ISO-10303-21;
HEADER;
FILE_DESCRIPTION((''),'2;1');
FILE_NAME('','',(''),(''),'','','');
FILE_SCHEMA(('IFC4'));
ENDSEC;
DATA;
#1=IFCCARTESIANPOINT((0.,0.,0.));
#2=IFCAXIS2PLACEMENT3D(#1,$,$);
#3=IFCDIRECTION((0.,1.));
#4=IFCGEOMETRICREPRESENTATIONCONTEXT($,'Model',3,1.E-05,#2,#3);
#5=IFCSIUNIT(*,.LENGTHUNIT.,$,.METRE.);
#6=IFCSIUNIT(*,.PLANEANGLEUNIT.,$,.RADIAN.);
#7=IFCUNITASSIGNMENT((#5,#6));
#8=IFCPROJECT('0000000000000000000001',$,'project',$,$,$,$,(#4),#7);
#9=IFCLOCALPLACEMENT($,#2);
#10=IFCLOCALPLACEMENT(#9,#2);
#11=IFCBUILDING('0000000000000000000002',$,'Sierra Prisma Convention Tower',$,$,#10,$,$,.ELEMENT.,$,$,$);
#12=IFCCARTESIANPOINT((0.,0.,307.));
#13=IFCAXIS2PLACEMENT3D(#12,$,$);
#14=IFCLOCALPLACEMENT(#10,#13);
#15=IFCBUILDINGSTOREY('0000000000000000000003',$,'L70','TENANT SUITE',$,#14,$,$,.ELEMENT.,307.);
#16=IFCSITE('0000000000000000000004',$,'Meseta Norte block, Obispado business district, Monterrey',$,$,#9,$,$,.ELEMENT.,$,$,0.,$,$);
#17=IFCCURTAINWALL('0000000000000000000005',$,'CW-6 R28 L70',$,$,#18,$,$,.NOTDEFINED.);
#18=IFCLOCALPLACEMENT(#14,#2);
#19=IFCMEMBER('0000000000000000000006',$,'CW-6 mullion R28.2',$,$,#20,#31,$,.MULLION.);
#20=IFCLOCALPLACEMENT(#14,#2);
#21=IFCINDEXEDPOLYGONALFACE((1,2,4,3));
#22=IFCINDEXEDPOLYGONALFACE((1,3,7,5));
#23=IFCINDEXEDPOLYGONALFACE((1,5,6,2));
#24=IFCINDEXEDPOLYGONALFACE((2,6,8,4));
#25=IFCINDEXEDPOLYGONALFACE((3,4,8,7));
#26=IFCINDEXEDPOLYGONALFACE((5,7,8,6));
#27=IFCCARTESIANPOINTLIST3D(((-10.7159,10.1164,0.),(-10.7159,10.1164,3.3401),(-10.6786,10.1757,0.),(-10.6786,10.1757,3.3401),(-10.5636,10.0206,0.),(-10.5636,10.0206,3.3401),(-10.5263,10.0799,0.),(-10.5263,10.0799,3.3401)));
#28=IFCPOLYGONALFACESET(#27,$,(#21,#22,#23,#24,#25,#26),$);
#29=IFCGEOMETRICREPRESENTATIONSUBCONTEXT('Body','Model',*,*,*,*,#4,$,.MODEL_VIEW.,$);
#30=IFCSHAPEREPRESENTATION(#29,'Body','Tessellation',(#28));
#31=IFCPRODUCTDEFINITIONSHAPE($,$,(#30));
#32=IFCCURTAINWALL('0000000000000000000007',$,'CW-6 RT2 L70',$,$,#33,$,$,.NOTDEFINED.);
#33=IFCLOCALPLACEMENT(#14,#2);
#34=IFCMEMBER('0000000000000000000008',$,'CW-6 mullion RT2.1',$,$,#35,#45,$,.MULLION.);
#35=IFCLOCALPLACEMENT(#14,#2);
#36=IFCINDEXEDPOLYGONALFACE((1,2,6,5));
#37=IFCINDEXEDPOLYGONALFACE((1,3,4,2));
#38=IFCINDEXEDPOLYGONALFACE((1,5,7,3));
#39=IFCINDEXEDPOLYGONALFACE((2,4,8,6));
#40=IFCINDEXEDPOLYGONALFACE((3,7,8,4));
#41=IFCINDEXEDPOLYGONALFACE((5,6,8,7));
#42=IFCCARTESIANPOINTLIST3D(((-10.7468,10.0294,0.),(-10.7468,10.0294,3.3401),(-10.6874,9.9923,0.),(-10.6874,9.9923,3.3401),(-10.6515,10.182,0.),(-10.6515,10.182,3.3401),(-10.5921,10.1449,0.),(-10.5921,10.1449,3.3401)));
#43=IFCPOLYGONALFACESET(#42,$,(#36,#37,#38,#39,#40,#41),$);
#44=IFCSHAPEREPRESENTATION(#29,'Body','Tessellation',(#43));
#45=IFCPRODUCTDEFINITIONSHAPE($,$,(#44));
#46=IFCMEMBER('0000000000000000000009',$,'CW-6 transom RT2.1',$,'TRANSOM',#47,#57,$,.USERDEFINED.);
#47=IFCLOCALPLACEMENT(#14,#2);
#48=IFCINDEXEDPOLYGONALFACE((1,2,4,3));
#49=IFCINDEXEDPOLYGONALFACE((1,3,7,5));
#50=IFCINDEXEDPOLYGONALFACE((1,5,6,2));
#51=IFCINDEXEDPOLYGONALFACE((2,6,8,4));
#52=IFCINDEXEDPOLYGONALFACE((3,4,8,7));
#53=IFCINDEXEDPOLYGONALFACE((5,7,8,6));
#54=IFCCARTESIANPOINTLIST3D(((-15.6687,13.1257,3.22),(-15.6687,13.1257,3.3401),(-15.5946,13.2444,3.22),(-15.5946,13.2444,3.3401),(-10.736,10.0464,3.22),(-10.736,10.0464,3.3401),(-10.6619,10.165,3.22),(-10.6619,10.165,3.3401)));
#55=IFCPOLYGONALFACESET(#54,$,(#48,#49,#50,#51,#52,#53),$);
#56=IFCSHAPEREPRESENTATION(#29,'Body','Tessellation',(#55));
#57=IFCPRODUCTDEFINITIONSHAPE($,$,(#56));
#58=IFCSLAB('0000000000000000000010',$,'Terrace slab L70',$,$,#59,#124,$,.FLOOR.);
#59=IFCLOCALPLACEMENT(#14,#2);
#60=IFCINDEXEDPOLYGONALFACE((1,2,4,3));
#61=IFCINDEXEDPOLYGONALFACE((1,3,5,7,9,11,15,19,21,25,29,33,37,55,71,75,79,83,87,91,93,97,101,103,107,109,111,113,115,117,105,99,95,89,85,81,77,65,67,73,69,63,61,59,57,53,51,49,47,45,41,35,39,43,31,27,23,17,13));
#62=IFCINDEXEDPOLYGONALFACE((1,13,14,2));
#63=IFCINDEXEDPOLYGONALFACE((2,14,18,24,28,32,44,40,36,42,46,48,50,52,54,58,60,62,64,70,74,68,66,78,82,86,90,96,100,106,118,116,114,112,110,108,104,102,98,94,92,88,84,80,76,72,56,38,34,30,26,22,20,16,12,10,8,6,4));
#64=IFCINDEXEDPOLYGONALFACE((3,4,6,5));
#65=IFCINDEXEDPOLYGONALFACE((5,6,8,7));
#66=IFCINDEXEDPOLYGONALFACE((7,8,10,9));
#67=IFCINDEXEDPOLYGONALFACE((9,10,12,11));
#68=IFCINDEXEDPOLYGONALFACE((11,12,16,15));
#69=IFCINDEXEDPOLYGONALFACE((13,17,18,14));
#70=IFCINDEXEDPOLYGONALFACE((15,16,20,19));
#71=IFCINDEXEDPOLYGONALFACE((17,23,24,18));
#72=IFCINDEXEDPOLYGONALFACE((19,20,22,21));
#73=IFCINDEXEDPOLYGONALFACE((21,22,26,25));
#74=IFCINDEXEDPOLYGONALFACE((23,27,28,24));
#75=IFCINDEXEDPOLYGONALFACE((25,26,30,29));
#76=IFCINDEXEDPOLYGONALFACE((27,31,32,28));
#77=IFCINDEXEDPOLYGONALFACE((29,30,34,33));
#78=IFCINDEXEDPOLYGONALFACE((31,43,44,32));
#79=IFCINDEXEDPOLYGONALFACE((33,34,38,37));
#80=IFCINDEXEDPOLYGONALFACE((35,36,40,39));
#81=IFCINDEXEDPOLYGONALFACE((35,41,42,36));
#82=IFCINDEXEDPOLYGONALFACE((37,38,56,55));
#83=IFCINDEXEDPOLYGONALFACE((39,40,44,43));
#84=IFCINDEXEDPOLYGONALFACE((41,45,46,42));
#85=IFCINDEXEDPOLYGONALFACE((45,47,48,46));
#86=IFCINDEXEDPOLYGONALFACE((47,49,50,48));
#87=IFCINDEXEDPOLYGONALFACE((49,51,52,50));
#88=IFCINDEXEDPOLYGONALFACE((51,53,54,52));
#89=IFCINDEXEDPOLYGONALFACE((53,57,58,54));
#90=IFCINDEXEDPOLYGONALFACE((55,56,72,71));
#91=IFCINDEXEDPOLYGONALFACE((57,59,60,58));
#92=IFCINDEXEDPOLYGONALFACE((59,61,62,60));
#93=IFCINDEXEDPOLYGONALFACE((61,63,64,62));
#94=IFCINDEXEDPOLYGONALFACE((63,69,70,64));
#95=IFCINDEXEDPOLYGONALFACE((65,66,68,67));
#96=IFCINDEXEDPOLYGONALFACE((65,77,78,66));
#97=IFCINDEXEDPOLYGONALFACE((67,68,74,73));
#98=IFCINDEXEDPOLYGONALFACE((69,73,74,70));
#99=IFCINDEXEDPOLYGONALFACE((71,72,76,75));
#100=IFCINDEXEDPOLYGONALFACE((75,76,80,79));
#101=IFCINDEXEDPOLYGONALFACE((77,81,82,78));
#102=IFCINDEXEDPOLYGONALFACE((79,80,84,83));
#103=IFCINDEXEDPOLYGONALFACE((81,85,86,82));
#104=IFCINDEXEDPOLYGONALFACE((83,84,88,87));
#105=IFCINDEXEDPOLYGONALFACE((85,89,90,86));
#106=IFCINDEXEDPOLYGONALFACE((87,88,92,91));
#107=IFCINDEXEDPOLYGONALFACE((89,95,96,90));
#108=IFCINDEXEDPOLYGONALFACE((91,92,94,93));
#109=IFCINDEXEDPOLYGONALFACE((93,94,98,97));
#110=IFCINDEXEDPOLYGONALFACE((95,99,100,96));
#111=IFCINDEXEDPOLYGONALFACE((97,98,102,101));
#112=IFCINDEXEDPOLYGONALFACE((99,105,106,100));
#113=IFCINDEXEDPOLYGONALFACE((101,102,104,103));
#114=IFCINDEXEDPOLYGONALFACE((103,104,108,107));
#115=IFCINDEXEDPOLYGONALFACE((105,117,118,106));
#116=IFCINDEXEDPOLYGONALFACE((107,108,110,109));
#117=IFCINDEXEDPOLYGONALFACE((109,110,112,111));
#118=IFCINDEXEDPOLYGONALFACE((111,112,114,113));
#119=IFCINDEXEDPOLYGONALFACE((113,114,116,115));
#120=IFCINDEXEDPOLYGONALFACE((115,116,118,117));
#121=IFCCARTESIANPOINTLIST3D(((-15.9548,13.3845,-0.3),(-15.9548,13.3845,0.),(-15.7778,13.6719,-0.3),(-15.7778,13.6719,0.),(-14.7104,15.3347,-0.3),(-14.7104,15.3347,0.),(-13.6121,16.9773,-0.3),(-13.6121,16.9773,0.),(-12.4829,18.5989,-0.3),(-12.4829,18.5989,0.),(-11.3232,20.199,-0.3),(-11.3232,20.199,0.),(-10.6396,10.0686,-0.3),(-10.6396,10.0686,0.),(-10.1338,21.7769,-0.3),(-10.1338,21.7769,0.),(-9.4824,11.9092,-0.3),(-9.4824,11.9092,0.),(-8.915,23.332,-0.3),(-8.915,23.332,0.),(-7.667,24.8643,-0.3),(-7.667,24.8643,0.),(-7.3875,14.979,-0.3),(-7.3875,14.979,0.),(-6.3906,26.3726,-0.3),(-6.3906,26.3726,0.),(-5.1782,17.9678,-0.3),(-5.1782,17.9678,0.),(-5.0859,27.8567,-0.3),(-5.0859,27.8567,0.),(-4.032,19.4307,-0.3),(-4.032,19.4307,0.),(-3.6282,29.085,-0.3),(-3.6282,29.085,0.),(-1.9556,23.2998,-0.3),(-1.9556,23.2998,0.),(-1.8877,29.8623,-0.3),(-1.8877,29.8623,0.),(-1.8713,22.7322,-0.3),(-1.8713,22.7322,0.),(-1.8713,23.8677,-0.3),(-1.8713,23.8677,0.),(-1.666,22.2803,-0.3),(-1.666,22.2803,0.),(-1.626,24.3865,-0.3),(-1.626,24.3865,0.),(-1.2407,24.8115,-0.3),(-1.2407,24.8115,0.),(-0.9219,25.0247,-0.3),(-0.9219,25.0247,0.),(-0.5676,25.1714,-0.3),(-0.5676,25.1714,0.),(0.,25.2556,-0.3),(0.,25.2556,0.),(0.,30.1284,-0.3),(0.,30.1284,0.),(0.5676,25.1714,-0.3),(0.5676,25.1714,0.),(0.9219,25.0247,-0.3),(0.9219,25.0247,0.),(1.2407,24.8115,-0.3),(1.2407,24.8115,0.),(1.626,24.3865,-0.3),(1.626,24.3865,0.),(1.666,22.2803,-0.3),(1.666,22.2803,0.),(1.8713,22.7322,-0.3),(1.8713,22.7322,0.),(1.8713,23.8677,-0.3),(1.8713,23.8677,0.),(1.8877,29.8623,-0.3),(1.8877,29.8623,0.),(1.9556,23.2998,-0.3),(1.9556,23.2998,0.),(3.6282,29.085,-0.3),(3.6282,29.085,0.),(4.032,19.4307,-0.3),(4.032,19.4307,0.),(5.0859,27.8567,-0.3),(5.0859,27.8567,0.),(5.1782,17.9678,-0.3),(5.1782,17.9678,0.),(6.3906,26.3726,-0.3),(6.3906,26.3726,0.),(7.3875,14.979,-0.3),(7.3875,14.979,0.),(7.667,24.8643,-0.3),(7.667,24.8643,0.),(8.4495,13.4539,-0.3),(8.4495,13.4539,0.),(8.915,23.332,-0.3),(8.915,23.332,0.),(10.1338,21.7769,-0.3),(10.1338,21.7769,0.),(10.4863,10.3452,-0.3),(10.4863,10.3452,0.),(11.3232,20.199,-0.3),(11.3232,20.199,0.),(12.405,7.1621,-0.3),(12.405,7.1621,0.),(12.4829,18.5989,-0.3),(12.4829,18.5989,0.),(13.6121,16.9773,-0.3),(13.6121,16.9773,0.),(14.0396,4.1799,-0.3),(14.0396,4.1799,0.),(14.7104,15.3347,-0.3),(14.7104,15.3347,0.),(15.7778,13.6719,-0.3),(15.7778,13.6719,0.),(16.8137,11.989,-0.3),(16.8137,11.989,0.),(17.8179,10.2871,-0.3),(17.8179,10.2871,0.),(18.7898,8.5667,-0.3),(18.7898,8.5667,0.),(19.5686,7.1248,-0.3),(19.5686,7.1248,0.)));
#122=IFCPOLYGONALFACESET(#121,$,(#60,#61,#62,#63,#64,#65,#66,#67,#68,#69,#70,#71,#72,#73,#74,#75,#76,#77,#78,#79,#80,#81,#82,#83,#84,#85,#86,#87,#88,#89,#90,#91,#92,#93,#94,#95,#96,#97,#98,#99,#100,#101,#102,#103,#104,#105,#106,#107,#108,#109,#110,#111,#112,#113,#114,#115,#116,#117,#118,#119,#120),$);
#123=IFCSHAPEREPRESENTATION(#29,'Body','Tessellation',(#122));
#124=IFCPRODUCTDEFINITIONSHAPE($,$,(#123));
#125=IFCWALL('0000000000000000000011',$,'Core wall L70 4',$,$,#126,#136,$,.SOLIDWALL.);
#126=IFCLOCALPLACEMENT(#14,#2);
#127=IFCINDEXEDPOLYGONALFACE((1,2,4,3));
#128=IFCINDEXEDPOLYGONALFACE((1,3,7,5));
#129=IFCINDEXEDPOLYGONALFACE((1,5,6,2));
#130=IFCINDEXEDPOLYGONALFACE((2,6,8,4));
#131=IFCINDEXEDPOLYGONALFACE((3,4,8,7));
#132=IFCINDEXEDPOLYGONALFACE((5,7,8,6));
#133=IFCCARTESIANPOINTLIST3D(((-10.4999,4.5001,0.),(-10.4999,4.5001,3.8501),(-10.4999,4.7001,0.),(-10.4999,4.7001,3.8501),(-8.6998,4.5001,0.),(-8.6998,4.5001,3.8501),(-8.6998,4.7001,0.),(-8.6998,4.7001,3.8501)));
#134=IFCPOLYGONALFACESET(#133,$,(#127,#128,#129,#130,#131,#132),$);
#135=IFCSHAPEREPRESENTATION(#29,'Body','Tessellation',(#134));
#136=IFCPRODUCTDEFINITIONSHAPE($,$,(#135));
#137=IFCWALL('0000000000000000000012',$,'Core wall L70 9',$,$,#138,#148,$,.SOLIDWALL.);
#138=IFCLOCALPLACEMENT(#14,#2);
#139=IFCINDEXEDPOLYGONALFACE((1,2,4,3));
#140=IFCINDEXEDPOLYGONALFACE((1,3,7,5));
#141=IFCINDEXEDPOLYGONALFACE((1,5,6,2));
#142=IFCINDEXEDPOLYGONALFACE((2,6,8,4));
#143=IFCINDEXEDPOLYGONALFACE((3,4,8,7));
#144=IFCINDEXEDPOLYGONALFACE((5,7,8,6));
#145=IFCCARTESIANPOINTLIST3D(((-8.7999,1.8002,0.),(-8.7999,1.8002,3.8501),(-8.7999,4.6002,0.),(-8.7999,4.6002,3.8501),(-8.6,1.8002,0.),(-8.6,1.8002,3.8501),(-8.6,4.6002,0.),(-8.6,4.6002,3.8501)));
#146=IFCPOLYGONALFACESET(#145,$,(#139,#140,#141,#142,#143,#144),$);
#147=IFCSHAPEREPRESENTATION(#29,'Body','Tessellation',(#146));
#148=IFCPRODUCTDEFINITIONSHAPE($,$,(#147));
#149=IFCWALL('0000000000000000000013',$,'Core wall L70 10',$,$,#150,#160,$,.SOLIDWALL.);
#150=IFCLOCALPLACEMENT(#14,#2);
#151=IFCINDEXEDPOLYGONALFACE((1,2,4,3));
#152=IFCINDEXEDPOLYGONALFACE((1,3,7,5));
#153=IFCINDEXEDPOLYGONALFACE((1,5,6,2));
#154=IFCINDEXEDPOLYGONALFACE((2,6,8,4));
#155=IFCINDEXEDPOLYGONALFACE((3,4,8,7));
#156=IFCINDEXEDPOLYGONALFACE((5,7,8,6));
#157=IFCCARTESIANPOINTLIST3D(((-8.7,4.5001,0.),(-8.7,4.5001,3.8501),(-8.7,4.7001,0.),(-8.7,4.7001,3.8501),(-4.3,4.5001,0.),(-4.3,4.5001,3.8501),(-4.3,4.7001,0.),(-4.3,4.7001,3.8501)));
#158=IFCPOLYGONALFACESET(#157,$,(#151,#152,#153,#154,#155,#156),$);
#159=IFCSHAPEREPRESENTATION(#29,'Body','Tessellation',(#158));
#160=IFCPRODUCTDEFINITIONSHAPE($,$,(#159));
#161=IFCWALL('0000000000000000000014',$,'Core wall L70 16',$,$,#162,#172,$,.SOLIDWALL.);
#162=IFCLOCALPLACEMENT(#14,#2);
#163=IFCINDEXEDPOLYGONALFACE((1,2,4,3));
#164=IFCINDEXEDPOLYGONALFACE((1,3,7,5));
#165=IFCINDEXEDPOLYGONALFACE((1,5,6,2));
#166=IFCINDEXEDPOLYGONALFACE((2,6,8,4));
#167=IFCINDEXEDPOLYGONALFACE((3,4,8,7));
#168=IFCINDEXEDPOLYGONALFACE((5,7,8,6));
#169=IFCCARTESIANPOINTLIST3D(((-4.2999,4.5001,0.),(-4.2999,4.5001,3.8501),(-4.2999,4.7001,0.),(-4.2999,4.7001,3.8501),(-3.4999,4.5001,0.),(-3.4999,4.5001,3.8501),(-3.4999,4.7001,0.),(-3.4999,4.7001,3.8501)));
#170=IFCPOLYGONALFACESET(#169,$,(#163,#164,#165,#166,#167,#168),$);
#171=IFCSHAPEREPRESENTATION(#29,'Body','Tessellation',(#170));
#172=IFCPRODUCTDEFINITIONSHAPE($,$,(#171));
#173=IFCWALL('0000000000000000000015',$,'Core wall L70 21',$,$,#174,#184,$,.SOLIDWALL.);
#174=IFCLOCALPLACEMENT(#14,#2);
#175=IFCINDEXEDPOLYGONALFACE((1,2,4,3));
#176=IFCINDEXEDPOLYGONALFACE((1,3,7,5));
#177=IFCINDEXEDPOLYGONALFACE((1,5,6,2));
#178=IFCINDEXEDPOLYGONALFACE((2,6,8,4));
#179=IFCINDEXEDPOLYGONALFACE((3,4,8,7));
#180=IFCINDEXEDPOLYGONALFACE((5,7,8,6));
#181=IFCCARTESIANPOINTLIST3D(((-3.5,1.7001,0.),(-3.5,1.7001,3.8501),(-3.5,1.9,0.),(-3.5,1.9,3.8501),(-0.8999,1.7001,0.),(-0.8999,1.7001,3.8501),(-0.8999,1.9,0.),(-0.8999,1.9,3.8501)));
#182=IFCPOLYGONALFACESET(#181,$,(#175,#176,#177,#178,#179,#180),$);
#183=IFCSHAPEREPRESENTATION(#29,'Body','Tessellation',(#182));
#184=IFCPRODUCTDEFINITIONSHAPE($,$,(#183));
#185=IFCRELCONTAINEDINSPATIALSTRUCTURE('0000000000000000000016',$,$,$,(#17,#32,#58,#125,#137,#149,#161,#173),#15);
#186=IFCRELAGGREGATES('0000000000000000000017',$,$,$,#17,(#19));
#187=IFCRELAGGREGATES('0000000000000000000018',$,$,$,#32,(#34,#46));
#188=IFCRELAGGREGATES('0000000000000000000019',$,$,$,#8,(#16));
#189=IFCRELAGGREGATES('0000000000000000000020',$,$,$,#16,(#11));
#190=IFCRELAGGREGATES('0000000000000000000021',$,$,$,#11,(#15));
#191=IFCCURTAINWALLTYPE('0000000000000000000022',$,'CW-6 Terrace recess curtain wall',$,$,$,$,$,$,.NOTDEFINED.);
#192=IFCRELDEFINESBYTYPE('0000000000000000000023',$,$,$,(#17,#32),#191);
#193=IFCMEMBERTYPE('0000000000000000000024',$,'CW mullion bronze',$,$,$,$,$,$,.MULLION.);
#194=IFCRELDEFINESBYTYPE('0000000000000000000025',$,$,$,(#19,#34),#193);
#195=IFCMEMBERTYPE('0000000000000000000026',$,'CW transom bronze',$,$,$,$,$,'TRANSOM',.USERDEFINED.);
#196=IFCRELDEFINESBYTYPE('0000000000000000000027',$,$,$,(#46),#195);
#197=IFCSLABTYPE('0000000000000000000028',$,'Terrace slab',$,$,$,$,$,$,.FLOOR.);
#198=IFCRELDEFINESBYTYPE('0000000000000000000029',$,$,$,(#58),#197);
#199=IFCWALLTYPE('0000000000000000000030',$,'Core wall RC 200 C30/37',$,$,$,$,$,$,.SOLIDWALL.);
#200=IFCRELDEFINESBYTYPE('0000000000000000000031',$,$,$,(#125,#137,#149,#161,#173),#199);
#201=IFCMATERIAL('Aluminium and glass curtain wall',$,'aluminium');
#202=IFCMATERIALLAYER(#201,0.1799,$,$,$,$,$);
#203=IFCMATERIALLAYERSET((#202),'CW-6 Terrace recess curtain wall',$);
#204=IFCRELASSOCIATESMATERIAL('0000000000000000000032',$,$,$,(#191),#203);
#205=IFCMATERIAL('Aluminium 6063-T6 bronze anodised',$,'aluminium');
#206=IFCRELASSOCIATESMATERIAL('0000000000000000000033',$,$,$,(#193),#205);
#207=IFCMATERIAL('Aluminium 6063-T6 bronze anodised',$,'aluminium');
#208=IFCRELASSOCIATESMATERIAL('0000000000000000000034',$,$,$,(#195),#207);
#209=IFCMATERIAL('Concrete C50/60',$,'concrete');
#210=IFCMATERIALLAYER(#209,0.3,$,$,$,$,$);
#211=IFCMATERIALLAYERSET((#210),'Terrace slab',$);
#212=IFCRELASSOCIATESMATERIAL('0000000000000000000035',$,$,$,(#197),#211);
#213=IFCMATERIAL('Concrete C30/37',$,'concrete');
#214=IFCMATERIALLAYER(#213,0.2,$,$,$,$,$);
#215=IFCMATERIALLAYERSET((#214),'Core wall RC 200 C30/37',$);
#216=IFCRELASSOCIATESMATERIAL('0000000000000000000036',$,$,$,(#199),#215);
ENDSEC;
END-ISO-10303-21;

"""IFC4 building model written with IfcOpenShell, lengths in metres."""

from ifc_helpers import new_model, si_unit, direction, frame, frame_2d, origin, origin_2d, place, context, subcontext, project, spatial, polyline, rectangle, outline, extrude, material, layer, layer_set, material_profile, profile_set, type_object, element, aggregate, save


model = new_model("IFC4")

# Units and contexts
model_context = context("Model", 3, precision=1e-05, world=origin(), true_north=direction((0.0, 1.0)))
body_context = subcontext(model_context, "Body", "Model", "MODEL_VIEW")
ifc_project = project(units=[si_unit("LENGTHUNIT", "METRE"), si_unit("PLANEANGLEUNIT", "RADIAN")], contexts=[model_context])

# Site, building, storey
site_placement = place(None, origin())
site = spatial("IfcSite", under=ifc_project, at=site_placement, Name="Meseta Norte block, Obispado business district, Monterrey", CompositionType="ELEMENT", RefElevation=0.0)
building_placement = place(site_placement, origin())
building = spatial("IfcBuilding", under=site, at=building_placement, Name="Sierra Prisma Convention Tower", CompositionType="ELEMENT")
storey_placement = place(building_placement, frame((0.0, 0.0, 307.0)))
storey = spatial("IfcBuildingStorey", under=building, at=storey_placement, Name="L70", Description="TENANT SUITE", CompositionType="ELEMENT", Elevation=307.0)

# Curtain wall, member
ifc_material_1 = material(Name="Aluminium and glass curtain wall", Category="aluminium")
ifc_layer_1 = layer(ifc_material_1, 0.1799)
ifc_layer_set_1 = layer_set([ifc_layer_1], Name="CW-6 Terrace recess curtain wall")
curtain_wall_type = type_object("IfcCurtainWallType", Name="CW-6 Terrace recess curtain wall", PredefinedType="NOTDEFINED", material=ifc_layer_set_1)
curtain_wall_1_placement = place(storey_placement, origin())
curtain_wall_1 = element("IfcCurtainWall", 1, at=curtain_wall_1_placement, inside=storey, type_object=curtain_wall_type, Name="CW-6 R28 L70", PredefinedType="NOTDEFINED")
ifc_material_2 = material(Name="Aluminium 6063-T6 bronze anodised", Category="aluminium")
ifc_material_profile_1 = material_profile(ifc_material_2, rectangle(XDim=0.1799, YDim=0.0701, at=origin_2d()), Name="ALU MULLION 70x180")
ifc_profile_set_1 = profile_set([ifc_material_profile_1], Name="Aluminium 6063-T6 bronze anodised")
member_type_1 = type_object("IfcMemberType", Name="CW mullion bronze", PredefinedType="MULLION", material=ifc_profile_set_1)
member_1_placement = place(storey_placement, frame((-10.6211, 10.0981, 0.0), z_axis=(0.0, 0.0, 1.0), x_axis=(0.8466, -0.53223, 0.0)))
member_1 = element("IfcMember", 2, at=member_1_placement, type_object=member_type_1, Name="CW-6 mullion R28.2", PredefinedType="MULLION", context=body_context, shape_type="SweptSolid", body=[
    extrude(rectangle(XDim=0.1799, YDim=0.0701, at=origin_2d()), origin(), (0.0, 0.0, 1.0), 3.3401),
])
aggregate(curtain_wall_1, [member_1])

# Curtain wall, members
curtain_wall_2_placement = place(storey_placement, origin())
curtain_wall_2 = element("IfcCurtainWall", 3, at=curtain_wall_2_placement, inside=storey, type_object=curtain_wall_type, Name="CW-6 RT2 L70", PredefinedType="NOTDEFINED")
member_2_placement = place(storey_placement, frame((-10.6694, 10.0872, 0.0), z_axis=(0.0, 0.0, 1.0), x_axis=(-0.529572, -0.848265, 0.0)))
member_2 = element("IfcMember", 4, at=member_2_placement, type_object=member_type_1, Name="CW-6 mullion RT2.1", PredefinedType="MULLION", context=body_context, shape_type="SweptSolid", body=[
    extrude(rectangle(XDim=0.1799, YDim=0.0701, at=origin_2d()), origin(), (0.0, 0.0, 1.0), 3.3401),
])
ifc_material_3 = material(Name="Aluminium 6063-T6 bronze anodised", Category="aluminium")
ifc_material_profile_2 = material_profile(ifc_material_3, rectangle(XDim=0.1399, YDim=0.1201, at=origin_2d()), Name="ALU TRANSOM 120x140")
ifc_profile_set_2 = profile_set([ifc_material_profile_2], Name="Aluminium 6063-T6 bronze anodised")
member_type_2 = type_object("IfcMemberType", Name="CW transom bronze", ElementType="TRANSOM", PredefinedType="USERDEFINED", material=ifc_profile_set_2)
member_3_placement = place(storey_placement, frame((-10.699, 10.1057, 3.28), z_axis=(-0.848272, 0.529561, 0.0), x_axis=(-0.529561, -0.848272, 0.0)))
member_3 = element("IfcMember", 5, at=member_3_placement, type_object=member_type_2, Name="CW-6 transom RT2.1", ObjectType="TRANSOM", PredefinedType="USERDEFINED", context=body_context, shape_type="SweptSolid", body=[
    extrude(rectangle(XDim=0.1399, YDim=0.1201, at=origin_2d()), origin(), (0.0, 0.0, 1.0), 5.8149),
])
aggregate(curtain_wall_2, [member_2, member_3])

# Slab
ifc_material_4 = material(Name="Concrete C50/60", Category="concrete")
ifc_layer_2 = layer(ifc_material_4, 0.3)
ifc_layer_set_2 = layer_set([ifc_layer_2], Name="Terrace slab")
slab_type = type_object("IfcSlabType", Name="Terrace slab", PredefinedType="FLOOR", material=ifc_layer_set_2)
slab_placement = place(storey_placement, frame((0.0, 0.0, -0.3)))
element("IfcSlab", 6, at=slab_placement, inside=storey, type_object=slab_type, Name="Terrace slab L70", PredefinedType="FLOOR", context=body_context, shape_type="SweptSolid", body=[
    extrude(outline(polyline([(19.5686, 7.1248), (18.7898, 8.5667), (17.8179, 10.2871), (16.8137, 11.989), (15.7778, 13.6719), (14.7104, 15.3347), (13.6121, 16.9773), (12.4829, 18.5989), (11.3232, 20.199), (10.1338, 21.7769), (8.915, 23.332), (7.667, 24.8643), (6.3906, 26.3726), (5.0859, 27.8567), (3.6282, 29.085), (1.8877, 29.8623), (0.0, 30.1284), (-1.8877, 29.8623), (-3.6282, 29.085), (-5.0859, 27.8567), (-6.3906, 26.3726), (-7.667, 24.8643), (-8.915, 23.332), (-10.1338, 21.7769), (-11.3232, 20.199), (-12.4829, 18.5989), (-13.6121, 16.9773), (-14.7104, 15.3347), (-15.7778, 13.6719), (-15.9548, 13.3845), (-10.6396, 10.0686), (-9.4824, 11.9092), (-7.3875, 14.979), (-5.1782, 17.9678), (-4.032, 19.4307), (-1.666, 22.2803), (-1.8713, 22.7322), (-1.9556, 23.2998), (-1.8713, 23.8677), (-1.626, 24.3865), (-1.2407, 24.8115), (-0.9219, 25.0247), (-0.5676, 25.1714), (0.0, 25.2556), (0.5676, 25.1714), (0.9219, 25.0247), (1.2407, 24.8115), (1.626, 24.3865), (1.8713, 23.8677), (1.9556, 23.2998), (1.8713, 22.7322), (1.666, 22.2803), (4.032, 19.4307), (5.1782, 17.9678), (7.3875, 14.979), (8.4495, 13.4539), (10.4863, 10.3452), (12.405, 7.1621), (14.0396, 4.1799), (19.5686, 7.1248)])), origin(), (0.0, 0.0, 1.0), 0.3),
])

# Shared definitions
ifc_material_5 = material(Name="Concrete C30/37", Category="concrete")
ifc_layer_3 = layer(ifc_material_5, 0.2)
ifc_layer_set_3 = layer_set([ifc_layer_3], Name="Core wall RC 200 C30/37")
wall_type = type_object("IfcWallType", Name="Core wall RC 200 C30/37", PredefinedType="SOLIDWALL", material=ifc_layer_set_3)

# Wall
wall_1_placement = place(storey_placement, frame((-8.7, 4.6001, 0.0), z_axis=(0.0, 0.0, 1.0), x_axis=(-1.0, 0.0, 0.0)))
element("IfcWall", 7, at=wall_1_placement, inside=storey, type_object=wall_type, Name="Core wall L70 4", PredefinedType="SOLIDWALL", context=body_context, shape_type="SweptSolid", body=[
    extrude(rectangle(XDim=1.8, YDim=0.2, at=frame_2d((0.8999, 0.0))), origin(), (0.0, 0.0, 1.0), 3.8501),
])

# Walls
wall_2_placement = place(storey_placement, frame((-8.7, 4.6001, 0.0), z_axis=(0.0, 0.0, 1.0), x_axis=(0.0, -1.0, 0.0)))
element("IfcWall", 8, at=wall_2_placement, inside=storey, type_object=wall_type, Name="Core wall L70 9", PredefinedType="SOLIDWALL", context=body_context, shape_type="SweptSolid", body=[
    extrude(rectangle(XDim=2.8, YDim=0.2, at=frame_2d((1.3999, 0.0))), origin(), (0.0, 0.0, 1.0), 3.8501),
])
wall_3_placement = place(storey_placement, frame((-4.3, 4.6001, 0.0), z_axis=(0.0, 0.0, 1.0), x_axis=(-1.0, 0.0, 0.0)))
element("IfcWall", 9, at=wall_3_placement, inside=storey, type_object=wall_type, Name="Core wall L70 10", PredefinedType="SOLIDWALL", context=body_context, shape_type="SweptSolid", body=[
    extrude(rectangle(XDim=4.3999, YDim=0.2, at=frame_2d((2.2, 0.0))), origin(), (0.0, 0.0, 1.0), 3.8501),
])
wall_4_placement = place(storey_placement, frame((-3.5, 4.6001, 0.0), z_axis=(0.0, 0.0, 1.0), x_axis=(-1.0, 0.0, 0.0)))
element("IfcWall", 10, at=wall_4_placement, inside=storey, type_object=wall_type, Name="Core wall L70 16", PredefinedType="SOLIDWALL", context=body_context, shape_type="SweptSolid", body=[
    extrude(rectangle(XDim=0.8, YDim=0.2, at=frame_2d((0.3999, 0.0))), origin(), (0.0, 0.0, 1.0), 3.8501),
])

# Wall
wall_5_placement = place(storey_placement, frame((-0.8999, 1.8, 0.0), z_axis=(0.0, 0.0, 1.0), x_axis=(-1.0, 0.0, 0.0)))
element("IfcWall", 11, at=wall_5_placement, inside=storey, type_object=wall_type, Name="Core wall L70 21", PredefinedType="SOLIDWALL", context=body_context, shape_type="SweptSolid", body=[
    extrude(rectangle(XDim=2.6001, YDim=0.2, at=frame_2d((1.3, 0.0))), origin(), (0.0, 0.0, 1.0), 3.8501),
])

save(model, "model.ifc")
